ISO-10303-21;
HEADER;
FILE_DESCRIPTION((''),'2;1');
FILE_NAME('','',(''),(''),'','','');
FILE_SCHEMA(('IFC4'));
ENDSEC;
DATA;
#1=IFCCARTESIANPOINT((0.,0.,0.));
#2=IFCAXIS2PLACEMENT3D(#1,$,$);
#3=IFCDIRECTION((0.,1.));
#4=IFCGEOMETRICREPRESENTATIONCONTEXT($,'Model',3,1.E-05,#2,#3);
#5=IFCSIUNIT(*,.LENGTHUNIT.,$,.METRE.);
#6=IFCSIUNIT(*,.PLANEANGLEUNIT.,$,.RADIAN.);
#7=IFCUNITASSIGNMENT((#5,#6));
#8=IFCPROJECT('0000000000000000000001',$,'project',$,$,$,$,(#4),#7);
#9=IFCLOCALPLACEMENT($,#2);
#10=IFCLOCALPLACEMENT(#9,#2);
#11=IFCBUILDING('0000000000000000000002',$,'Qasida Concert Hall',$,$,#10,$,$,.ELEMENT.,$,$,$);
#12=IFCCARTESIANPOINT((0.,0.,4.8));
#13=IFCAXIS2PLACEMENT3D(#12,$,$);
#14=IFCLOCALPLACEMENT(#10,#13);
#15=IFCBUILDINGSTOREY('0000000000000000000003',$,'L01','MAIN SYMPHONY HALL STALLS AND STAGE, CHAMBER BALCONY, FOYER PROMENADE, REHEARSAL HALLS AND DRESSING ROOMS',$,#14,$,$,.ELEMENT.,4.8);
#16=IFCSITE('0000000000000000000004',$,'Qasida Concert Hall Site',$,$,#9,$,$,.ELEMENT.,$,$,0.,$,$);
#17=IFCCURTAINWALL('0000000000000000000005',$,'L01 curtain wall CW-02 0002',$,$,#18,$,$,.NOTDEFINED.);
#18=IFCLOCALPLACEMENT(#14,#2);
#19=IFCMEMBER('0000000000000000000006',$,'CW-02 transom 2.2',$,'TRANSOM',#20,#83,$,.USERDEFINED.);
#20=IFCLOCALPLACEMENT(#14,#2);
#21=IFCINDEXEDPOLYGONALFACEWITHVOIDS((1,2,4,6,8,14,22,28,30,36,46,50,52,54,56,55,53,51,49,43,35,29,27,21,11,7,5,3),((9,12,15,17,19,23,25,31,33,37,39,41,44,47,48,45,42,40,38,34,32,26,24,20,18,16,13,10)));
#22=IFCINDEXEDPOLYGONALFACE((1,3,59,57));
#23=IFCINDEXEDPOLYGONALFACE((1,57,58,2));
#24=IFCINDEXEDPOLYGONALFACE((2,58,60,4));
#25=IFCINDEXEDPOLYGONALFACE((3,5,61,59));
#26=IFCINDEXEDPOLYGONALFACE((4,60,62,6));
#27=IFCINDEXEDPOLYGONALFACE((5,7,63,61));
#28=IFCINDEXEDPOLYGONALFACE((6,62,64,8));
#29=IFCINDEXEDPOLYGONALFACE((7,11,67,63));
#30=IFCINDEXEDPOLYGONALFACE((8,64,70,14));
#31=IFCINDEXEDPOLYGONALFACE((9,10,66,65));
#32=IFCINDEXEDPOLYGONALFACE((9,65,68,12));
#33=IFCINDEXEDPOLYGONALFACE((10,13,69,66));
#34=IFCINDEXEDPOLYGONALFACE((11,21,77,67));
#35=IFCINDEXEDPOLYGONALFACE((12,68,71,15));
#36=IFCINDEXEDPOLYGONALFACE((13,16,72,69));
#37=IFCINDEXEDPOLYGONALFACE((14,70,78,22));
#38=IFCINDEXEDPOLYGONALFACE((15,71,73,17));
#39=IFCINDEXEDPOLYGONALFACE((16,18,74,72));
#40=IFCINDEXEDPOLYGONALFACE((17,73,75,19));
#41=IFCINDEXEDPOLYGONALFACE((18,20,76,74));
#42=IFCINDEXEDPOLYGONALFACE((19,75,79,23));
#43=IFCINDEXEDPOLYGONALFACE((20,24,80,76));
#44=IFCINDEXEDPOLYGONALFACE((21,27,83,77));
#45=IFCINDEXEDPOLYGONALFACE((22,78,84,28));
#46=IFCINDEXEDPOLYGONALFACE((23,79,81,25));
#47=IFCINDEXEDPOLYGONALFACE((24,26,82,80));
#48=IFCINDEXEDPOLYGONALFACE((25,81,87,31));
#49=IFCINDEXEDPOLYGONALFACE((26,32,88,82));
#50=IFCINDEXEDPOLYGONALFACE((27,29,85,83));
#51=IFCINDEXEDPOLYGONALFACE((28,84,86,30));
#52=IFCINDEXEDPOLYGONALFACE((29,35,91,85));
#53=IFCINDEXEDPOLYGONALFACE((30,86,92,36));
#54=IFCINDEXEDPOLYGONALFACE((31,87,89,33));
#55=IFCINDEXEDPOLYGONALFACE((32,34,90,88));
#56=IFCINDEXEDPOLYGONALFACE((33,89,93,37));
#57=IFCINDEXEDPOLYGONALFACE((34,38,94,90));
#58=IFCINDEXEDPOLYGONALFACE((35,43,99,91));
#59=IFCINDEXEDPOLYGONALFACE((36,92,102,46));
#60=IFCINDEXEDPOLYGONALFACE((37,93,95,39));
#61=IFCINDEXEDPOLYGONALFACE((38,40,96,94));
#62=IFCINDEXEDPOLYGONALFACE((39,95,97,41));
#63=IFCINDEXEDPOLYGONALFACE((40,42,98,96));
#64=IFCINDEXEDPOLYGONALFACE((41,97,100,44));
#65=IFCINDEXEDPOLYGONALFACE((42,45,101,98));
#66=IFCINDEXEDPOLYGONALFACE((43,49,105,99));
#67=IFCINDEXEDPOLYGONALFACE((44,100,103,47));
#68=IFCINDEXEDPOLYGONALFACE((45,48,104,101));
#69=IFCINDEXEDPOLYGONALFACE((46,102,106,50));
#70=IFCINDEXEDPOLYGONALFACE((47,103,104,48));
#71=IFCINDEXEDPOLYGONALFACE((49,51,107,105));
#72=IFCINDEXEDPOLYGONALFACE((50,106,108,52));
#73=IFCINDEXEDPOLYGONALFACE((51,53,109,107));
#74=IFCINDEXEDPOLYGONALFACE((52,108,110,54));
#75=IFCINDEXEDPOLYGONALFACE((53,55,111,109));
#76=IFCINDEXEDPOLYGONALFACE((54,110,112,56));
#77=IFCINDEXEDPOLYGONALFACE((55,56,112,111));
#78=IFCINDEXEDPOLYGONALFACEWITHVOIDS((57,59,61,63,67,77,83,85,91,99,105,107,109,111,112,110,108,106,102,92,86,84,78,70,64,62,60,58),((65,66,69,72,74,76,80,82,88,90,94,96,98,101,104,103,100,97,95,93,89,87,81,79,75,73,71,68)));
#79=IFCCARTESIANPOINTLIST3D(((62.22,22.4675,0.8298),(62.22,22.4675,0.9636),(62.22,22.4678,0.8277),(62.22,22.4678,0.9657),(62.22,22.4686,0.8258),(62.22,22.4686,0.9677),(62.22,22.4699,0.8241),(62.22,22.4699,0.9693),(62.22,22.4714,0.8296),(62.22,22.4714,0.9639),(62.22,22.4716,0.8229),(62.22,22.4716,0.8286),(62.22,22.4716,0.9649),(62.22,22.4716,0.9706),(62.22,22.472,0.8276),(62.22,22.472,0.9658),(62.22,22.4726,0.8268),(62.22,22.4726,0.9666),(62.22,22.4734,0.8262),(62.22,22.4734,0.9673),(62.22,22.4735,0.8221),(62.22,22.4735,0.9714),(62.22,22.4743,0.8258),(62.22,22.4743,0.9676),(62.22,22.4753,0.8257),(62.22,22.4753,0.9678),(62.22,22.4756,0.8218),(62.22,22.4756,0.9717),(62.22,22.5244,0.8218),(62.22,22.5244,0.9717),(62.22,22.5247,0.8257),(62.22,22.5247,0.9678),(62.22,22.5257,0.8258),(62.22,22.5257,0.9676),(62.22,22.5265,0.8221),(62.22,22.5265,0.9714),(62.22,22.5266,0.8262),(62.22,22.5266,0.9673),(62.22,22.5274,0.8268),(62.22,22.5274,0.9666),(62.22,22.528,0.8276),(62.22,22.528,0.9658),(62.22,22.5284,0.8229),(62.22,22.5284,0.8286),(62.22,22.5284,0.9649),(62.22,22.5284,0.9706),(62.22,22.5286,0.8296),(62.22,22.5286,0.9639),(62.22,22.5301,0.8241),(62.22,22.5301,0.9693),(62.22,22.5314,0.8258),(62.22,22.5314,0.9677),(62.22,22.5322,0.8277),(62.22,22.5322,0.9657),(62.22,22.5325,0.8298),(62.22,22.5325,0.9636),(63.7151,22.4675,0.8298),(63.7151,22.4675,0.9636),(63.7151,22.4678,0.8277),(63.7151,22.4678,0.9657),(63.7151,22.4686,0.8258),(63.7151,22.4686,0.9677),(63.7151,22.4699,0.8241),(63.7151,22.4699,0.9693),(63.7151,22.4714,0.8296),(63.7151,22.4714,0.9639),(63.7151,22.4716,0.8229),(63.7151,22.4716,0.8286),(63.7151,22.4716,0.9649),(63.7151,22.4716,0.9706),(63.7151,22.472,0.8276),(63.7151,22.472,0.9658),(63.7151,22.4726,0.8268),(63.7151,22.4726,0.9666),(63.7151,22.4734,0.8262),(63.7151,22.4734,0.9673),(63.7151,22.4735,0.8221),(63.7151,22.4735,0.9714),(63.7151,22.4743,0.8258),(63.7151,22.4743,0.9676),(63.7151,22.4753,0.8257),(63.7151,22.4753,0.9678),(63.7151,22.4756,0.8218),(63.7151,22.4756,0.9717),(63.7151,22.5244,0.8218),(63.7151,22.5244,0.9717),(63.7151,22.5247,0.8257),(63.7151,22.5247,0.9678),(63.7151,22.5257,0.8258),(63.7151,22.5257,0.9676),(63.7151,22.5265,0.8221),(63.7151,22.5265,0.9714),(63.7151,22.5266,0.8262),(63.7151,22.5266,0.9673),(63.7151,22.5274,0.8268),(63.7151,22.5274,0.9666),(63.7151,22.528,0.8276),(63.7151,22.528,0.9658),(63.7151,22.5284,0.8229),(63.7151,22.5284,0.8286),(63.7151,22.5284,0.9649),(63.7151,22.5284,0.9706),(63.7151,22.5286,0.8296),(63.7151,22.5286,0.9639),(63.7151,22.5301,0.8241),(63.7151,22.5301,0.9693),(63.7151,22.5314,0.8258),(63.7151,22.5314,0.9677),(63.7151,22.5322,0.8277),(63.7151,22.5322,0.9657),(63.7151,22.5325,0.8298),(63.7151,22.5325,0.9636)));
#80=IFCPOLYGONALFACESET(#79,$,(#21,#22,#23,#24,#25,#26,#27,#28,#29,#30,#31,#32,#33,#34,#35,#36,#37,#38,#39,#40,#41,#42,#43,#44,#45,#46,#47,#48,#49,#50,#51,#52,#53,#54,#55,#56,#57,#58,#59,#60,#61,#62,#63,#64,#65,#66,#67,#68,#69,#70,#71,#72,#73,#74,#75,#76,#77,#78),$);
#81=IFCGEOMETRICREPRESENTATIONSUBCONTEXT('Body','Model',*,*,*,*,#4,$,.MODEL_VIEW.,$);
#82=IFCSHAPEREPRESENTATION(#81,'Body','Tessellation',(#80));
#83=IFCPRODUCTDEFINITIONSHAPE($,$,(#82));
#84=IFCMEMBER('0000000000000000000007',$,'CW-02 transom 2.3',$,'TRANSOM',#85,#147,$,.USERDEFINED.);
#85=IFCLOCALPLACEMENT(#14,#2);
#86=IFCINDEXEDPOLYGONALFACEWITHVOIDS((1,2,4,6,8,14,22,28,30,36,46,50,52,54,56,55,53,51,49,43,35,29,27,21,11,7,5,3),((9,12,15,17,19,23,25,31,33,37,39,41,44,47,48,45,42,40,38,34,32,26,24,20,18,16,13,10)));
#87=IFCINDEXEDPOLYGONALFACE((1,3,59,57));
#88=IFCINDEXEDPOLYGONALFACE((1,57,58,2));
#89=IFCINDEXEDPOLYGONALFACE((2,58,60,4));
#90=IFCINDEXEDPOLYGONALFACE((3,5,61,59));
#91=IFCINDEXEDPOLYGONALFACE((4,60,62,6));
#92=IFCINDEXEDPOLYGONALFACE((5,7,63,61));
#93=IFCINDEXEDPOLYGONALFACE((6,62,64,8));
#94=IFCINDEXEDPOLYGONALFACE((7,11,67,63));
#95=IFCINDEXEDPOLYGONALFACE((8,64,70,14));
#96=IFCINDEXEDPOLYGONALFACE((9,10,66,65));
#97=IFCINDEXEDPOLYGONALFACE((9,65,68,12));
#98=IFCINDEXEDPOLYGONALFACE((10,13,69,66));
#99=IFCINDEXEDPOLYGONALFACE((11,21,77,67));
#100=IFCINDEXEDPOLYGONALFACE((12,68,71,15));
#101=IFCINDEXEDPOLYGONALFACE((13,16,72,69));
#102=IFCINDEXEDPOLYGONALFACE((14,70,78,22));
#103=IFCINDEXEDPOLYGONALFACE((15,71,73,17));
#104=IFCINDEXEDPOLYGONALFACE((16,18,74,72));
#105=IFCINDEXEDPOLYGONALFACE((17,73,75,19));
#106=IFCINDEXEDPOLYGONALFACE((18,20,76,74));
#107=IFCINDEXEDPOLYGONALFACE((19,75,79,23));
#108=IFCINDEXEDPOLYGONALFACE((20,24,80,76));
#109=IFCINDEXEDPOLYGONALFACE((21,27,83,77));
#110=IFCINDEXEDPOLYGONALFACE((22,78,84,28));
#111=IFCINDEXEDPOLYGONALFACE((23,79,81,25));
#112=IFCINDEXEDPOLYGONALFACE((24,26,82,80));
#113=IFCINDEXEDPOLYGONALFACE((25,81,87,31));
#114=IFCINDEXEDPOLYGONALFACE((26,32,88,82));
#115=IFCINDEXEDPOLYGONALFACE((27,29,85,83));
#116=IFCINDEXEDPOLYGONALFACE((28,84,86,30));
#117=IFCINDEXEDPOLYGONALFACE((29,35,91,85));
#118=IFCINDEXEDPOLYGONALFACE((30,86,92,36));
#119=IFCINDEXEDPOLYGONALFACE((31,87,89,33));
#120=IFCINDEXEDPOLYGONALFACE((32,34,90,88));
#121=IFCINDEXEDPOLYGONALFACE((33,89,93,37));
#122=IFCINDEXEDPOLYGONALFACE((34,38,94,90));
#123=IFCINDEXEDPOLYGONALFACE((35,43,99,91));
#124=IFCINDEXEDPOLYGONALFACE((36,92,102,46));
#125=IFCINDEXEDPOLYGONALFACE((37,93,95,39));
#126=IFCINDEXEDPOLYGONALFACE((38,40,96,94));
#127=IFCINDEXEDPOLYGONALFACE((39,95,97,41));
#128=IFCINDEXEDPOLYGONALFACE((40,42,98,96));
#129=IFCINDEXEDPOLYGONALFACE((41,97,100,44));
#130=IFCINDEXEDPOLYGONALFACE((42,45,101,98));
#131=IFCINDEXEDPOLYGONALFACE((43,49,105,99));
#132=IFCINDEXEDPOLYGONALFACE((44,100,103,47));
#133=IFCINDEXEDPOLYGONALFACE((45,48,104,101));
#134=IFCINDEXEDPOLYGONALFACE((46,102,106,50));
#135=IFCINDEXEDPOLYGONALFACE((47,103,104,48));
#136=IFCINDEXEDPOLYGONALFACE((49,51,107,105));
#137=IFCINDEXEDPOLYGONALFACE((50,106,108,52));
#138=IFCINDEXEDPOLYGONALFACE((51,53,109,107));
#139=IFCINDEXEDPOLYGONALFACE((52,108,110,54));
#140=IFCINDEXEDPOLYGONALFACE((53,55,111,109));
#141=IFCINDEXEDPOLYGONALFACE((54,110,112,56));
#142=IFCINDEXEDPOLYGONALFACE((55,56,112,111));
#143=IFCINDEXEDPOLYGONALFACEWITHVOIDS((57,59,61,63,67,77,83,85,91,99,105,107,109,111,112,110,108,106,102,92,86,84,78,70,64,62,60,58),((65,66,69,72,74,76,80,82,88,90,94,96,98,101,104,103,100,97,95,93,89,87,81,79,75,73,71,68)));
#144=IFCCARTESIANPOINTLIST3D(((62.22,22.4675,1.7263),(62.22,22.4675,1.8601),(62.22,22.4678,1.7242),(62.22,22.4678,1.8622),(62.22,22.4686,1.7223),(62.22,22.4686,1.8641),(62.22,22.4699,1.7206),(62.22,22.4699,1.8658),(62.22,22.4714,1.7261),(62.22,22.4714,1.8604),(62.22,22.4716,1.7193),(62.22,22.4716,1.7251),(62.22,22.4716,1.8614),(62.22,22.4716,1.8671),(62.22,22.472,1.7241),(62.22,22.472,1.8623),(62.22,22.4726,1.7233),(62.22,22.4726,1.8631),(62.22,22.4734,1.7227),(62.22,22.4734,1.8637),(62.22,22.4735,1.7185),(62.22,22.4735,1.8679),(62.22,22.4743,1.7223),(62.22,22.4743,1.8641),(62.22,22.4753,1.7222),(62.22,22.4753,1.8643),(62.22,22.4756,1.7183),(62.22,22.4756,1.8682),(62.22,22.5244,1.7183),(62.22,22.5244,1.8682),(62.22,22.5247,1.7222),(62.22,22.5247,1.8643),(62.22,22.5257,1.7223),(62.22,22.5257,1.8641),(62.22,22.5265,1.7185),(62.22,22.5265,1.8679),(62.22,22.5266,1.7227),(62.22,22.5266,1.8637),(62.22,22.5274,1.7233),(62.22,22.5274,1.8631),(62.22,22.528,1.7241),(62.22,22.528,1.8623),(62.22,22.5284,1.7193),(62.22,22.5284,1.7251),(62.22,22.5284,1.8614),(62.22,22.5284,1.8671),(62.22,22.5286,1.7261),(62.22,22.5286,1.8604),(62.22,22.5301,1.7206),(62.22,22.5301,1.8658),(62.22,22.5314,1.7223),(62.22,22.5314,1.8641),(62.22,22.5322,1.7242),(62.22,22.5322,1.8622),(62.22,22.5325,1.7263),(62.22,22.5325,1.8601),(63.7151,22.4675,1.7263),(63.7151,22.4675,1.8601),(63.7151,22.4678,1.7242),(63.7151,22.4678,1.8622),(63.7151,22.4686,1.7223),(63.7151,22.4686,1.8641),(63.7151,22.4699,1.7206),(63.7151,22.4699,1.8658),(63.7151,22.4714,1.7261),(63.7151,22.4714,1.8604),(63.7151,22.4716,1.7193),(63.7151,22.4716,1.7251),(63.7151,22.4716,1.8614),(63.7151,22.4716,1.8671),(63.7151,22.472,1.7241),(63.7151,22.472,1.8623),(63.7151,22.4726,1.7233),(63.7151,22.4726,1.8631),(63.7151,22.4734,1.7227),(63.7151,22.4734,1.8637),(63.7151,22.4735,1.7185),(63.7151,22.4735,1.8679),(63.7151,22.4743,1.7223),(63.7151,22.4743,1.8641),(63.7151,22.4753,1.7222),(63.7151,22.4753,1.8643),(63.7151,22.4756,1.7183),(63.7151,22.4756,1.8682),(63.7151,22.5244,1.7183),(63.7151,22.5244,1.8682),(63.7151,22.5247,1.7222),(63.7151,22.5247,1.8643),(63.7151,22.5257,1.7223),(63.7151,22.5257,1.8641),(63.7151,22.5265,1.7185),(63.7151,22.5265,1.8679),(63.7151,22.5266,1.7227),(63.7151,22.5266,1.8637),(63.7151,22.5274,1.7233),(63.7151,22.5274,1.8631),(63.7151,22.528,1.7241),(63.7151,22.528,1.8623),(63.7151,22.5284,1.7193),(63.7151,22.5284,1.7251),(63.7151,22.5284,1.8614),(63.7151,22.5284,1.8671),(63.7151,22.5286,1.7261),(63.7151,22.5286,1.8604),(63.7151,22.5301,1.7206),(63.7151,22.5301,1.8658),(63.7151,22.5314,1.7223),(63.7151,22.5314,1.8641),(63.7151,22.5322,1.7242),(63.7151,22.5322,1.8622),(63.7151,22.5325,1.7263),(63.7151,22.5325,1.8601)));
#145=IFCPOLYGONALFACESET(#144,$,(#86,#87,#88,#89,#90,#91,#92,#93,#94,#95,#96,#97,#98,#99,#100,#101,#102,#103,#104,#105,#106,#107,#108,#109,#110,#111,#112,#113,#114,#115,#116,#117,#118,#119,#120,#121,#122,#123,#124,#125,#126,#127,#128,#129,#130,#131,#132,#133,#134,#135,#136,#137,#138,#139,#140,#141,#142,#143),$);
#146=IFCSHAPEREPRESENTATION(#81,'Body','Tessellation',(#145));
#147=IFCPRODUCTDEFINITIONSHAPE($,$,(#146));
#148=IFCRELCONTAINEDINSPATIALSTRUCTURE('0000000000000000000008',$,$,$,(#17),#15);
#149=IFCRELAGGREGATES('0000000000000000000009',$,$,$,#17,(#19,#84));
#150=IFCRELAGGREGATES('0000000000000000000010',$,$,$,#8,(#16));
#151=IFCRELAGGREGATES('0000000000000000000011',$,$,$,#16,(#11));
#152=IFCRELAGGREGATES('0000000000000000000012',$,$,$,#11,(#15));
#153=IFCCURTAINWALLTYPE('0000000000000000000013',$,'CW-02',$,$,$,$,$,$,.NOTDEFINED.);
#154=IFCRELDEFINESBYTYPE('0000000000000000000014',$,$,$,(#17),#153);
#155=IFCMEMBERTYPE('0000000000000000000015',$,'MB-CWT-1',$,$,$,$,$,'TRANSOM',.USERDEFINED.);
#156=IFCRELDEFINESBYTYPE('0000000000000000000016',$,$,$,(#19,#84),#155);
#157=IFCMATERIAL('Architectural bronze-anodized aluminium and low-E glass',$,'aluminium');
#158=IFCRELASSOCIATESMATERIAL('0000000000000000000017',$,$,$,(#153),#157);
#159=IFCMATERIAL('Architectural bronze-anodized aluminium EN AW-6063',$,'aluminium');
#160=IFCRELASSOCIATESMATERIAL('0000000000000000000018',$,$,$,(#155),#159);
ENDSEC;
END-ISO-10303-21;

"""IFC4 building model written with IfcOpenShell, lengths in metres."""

from ifc_helpers import new_model, si_unit, direction, frame, origin, origin_2d, place, context, subcontext, project, spatial, hollow_rectangle, extrude, material, material_profile, profile_set, type_object, element, aggregate, save


model = new_model("IFC4")

# Units and contexts
model_context = context("Model", 3, precision=1e-05, world=origin(), true_north=direction((0.0, 1.0)))
body_context = subcontext(model_context, "Body", "Model", "MODEL_VIEW")
ifc_project = project(units=[si_unit("LENGTHUNIT", "METRE"), si_unit("PLANEANGLEUNIT", "RADIAN")], contexts=[model_context])

# Site, building, storey
site_placement = place(None, origin())
site = spatial("IfcSite", under=ifc_project, at=site_placement, Name="Qasida Concert Hall Site", CompositionType="ELEMENT", RefElevation=0.0)
building_placement = place(site_placement, origin())
building = spatial("IfcBuilding", under=site, at=building_placement, Name="Qasida Concert Hall", CompositionType="ELEMENT")
storey_placement = place(building_placement, frame((0.0, 0.0, 4.8)))
storey = spatial("IfcBuildingStorey", under=building, at=storey_placement, Name="L01", Description="MAIN SYMPHONY HALL STALLS AND STAGE, CHAMBER BALCONY, FOYER PROMENADE, REHEARSAL HALLS AND DRESSING ROOMS", CompositionType="ELEMENT", Elevation=4.8)

# Curtain wall, members
ifc_material_1 = material(Name="Architectural bronze-anodized aluminium and low-E glass", Category="aluminium")
curtain_wall_type = type_object("IfcCurtainWallType", Name="CW-02", PredefinedType="NOTDEFINED", material=ifc_material_1)
curtain_wall_placement = place(storey_placement, origin())
curtain_wall = element("IfcCurtainWall", 1, at=curtain_wall_placement, inside=storey, type_object=curtain_wall_type, Name="L01 curtain wall CW-02 0002", PredefinedType="NOTDEFINED")
ifc_material_2 = material(Name="Architectural bronze-anodized aluminium EN AW-6063", Category="aluminium")
ifc_material_profile_1 = material_profile(ifc_material_2, hollow_rectangle(XDim=0.0649, YDim=0.1499, WallThickness=0.0039, InnerFilletRadius=0.0039, OuterFilletRadius=0.0081, at=origin_2d()), Name="CWT 150x65x4")
ifc_profile_set_1 = profile_set([ifc_material_profile_1], Name="Architectural bronze-anodized aluminium EN AW-6063")
member_type_1 = type_object("IfcMemberType", Name="MB-CWT-1", ElementType="TRANSOM", PredefinedType="USERDEFINED", material=ifc_profile_set_1)
member_1_placement = place(storey_placement, frame((62.22, 22.5, 0.8967), z_axis=(1.0, 0.0, 0.0), x_axis=(0.0, 1.0, 0.0)))
member_1 = element("IfcMember", 2, at=member_1_placement, type_object=member_type_1, Name="CW-02 transom 2.2", ObjectType="TRANSOM", PredefinedType="USERDEFINED", context=body_context, shape_type="SweptSolid", body=[
    extrude(hollow_rectangle(XDim=0.0649, YDim=0.1499, WallThickness=0.0039, InnerFilletRadius=0.0039, OuterFilletRadius=0.0081, at=origin_2d()), origin(), (0.0, 0.0, 1.0), 1.4951),
])
member_2_placement = place(storey_placement, frame((62.22, 22.5, 1.7932), z_axis=(1.0, 0.0, 0.0), x_axis=(0.0, 1.0, 0.0)))
member_2 = element("IfcMember", 3, at=member_2_placement, type_object=member_type_1, Name="CW-02 transom 2.3", ObjectType="TRANSOM", PredefinedType="USERDEFINED", context=body_context, shape_type="SweptSolid", body=[
    extrude(hollow_rectangle(XDim=0.0649, YDim=0.1499, WallThickness=0.0039, InnerFilletRadius=0.0039, OuterFilletRadius=0.0081, at=origin_2d()), origin(), (0.0, 0.0, 1.0), 1.4951),
])
aggregate(curtain_wall, [member_1, member_2])

save(model, "model.ifc")
